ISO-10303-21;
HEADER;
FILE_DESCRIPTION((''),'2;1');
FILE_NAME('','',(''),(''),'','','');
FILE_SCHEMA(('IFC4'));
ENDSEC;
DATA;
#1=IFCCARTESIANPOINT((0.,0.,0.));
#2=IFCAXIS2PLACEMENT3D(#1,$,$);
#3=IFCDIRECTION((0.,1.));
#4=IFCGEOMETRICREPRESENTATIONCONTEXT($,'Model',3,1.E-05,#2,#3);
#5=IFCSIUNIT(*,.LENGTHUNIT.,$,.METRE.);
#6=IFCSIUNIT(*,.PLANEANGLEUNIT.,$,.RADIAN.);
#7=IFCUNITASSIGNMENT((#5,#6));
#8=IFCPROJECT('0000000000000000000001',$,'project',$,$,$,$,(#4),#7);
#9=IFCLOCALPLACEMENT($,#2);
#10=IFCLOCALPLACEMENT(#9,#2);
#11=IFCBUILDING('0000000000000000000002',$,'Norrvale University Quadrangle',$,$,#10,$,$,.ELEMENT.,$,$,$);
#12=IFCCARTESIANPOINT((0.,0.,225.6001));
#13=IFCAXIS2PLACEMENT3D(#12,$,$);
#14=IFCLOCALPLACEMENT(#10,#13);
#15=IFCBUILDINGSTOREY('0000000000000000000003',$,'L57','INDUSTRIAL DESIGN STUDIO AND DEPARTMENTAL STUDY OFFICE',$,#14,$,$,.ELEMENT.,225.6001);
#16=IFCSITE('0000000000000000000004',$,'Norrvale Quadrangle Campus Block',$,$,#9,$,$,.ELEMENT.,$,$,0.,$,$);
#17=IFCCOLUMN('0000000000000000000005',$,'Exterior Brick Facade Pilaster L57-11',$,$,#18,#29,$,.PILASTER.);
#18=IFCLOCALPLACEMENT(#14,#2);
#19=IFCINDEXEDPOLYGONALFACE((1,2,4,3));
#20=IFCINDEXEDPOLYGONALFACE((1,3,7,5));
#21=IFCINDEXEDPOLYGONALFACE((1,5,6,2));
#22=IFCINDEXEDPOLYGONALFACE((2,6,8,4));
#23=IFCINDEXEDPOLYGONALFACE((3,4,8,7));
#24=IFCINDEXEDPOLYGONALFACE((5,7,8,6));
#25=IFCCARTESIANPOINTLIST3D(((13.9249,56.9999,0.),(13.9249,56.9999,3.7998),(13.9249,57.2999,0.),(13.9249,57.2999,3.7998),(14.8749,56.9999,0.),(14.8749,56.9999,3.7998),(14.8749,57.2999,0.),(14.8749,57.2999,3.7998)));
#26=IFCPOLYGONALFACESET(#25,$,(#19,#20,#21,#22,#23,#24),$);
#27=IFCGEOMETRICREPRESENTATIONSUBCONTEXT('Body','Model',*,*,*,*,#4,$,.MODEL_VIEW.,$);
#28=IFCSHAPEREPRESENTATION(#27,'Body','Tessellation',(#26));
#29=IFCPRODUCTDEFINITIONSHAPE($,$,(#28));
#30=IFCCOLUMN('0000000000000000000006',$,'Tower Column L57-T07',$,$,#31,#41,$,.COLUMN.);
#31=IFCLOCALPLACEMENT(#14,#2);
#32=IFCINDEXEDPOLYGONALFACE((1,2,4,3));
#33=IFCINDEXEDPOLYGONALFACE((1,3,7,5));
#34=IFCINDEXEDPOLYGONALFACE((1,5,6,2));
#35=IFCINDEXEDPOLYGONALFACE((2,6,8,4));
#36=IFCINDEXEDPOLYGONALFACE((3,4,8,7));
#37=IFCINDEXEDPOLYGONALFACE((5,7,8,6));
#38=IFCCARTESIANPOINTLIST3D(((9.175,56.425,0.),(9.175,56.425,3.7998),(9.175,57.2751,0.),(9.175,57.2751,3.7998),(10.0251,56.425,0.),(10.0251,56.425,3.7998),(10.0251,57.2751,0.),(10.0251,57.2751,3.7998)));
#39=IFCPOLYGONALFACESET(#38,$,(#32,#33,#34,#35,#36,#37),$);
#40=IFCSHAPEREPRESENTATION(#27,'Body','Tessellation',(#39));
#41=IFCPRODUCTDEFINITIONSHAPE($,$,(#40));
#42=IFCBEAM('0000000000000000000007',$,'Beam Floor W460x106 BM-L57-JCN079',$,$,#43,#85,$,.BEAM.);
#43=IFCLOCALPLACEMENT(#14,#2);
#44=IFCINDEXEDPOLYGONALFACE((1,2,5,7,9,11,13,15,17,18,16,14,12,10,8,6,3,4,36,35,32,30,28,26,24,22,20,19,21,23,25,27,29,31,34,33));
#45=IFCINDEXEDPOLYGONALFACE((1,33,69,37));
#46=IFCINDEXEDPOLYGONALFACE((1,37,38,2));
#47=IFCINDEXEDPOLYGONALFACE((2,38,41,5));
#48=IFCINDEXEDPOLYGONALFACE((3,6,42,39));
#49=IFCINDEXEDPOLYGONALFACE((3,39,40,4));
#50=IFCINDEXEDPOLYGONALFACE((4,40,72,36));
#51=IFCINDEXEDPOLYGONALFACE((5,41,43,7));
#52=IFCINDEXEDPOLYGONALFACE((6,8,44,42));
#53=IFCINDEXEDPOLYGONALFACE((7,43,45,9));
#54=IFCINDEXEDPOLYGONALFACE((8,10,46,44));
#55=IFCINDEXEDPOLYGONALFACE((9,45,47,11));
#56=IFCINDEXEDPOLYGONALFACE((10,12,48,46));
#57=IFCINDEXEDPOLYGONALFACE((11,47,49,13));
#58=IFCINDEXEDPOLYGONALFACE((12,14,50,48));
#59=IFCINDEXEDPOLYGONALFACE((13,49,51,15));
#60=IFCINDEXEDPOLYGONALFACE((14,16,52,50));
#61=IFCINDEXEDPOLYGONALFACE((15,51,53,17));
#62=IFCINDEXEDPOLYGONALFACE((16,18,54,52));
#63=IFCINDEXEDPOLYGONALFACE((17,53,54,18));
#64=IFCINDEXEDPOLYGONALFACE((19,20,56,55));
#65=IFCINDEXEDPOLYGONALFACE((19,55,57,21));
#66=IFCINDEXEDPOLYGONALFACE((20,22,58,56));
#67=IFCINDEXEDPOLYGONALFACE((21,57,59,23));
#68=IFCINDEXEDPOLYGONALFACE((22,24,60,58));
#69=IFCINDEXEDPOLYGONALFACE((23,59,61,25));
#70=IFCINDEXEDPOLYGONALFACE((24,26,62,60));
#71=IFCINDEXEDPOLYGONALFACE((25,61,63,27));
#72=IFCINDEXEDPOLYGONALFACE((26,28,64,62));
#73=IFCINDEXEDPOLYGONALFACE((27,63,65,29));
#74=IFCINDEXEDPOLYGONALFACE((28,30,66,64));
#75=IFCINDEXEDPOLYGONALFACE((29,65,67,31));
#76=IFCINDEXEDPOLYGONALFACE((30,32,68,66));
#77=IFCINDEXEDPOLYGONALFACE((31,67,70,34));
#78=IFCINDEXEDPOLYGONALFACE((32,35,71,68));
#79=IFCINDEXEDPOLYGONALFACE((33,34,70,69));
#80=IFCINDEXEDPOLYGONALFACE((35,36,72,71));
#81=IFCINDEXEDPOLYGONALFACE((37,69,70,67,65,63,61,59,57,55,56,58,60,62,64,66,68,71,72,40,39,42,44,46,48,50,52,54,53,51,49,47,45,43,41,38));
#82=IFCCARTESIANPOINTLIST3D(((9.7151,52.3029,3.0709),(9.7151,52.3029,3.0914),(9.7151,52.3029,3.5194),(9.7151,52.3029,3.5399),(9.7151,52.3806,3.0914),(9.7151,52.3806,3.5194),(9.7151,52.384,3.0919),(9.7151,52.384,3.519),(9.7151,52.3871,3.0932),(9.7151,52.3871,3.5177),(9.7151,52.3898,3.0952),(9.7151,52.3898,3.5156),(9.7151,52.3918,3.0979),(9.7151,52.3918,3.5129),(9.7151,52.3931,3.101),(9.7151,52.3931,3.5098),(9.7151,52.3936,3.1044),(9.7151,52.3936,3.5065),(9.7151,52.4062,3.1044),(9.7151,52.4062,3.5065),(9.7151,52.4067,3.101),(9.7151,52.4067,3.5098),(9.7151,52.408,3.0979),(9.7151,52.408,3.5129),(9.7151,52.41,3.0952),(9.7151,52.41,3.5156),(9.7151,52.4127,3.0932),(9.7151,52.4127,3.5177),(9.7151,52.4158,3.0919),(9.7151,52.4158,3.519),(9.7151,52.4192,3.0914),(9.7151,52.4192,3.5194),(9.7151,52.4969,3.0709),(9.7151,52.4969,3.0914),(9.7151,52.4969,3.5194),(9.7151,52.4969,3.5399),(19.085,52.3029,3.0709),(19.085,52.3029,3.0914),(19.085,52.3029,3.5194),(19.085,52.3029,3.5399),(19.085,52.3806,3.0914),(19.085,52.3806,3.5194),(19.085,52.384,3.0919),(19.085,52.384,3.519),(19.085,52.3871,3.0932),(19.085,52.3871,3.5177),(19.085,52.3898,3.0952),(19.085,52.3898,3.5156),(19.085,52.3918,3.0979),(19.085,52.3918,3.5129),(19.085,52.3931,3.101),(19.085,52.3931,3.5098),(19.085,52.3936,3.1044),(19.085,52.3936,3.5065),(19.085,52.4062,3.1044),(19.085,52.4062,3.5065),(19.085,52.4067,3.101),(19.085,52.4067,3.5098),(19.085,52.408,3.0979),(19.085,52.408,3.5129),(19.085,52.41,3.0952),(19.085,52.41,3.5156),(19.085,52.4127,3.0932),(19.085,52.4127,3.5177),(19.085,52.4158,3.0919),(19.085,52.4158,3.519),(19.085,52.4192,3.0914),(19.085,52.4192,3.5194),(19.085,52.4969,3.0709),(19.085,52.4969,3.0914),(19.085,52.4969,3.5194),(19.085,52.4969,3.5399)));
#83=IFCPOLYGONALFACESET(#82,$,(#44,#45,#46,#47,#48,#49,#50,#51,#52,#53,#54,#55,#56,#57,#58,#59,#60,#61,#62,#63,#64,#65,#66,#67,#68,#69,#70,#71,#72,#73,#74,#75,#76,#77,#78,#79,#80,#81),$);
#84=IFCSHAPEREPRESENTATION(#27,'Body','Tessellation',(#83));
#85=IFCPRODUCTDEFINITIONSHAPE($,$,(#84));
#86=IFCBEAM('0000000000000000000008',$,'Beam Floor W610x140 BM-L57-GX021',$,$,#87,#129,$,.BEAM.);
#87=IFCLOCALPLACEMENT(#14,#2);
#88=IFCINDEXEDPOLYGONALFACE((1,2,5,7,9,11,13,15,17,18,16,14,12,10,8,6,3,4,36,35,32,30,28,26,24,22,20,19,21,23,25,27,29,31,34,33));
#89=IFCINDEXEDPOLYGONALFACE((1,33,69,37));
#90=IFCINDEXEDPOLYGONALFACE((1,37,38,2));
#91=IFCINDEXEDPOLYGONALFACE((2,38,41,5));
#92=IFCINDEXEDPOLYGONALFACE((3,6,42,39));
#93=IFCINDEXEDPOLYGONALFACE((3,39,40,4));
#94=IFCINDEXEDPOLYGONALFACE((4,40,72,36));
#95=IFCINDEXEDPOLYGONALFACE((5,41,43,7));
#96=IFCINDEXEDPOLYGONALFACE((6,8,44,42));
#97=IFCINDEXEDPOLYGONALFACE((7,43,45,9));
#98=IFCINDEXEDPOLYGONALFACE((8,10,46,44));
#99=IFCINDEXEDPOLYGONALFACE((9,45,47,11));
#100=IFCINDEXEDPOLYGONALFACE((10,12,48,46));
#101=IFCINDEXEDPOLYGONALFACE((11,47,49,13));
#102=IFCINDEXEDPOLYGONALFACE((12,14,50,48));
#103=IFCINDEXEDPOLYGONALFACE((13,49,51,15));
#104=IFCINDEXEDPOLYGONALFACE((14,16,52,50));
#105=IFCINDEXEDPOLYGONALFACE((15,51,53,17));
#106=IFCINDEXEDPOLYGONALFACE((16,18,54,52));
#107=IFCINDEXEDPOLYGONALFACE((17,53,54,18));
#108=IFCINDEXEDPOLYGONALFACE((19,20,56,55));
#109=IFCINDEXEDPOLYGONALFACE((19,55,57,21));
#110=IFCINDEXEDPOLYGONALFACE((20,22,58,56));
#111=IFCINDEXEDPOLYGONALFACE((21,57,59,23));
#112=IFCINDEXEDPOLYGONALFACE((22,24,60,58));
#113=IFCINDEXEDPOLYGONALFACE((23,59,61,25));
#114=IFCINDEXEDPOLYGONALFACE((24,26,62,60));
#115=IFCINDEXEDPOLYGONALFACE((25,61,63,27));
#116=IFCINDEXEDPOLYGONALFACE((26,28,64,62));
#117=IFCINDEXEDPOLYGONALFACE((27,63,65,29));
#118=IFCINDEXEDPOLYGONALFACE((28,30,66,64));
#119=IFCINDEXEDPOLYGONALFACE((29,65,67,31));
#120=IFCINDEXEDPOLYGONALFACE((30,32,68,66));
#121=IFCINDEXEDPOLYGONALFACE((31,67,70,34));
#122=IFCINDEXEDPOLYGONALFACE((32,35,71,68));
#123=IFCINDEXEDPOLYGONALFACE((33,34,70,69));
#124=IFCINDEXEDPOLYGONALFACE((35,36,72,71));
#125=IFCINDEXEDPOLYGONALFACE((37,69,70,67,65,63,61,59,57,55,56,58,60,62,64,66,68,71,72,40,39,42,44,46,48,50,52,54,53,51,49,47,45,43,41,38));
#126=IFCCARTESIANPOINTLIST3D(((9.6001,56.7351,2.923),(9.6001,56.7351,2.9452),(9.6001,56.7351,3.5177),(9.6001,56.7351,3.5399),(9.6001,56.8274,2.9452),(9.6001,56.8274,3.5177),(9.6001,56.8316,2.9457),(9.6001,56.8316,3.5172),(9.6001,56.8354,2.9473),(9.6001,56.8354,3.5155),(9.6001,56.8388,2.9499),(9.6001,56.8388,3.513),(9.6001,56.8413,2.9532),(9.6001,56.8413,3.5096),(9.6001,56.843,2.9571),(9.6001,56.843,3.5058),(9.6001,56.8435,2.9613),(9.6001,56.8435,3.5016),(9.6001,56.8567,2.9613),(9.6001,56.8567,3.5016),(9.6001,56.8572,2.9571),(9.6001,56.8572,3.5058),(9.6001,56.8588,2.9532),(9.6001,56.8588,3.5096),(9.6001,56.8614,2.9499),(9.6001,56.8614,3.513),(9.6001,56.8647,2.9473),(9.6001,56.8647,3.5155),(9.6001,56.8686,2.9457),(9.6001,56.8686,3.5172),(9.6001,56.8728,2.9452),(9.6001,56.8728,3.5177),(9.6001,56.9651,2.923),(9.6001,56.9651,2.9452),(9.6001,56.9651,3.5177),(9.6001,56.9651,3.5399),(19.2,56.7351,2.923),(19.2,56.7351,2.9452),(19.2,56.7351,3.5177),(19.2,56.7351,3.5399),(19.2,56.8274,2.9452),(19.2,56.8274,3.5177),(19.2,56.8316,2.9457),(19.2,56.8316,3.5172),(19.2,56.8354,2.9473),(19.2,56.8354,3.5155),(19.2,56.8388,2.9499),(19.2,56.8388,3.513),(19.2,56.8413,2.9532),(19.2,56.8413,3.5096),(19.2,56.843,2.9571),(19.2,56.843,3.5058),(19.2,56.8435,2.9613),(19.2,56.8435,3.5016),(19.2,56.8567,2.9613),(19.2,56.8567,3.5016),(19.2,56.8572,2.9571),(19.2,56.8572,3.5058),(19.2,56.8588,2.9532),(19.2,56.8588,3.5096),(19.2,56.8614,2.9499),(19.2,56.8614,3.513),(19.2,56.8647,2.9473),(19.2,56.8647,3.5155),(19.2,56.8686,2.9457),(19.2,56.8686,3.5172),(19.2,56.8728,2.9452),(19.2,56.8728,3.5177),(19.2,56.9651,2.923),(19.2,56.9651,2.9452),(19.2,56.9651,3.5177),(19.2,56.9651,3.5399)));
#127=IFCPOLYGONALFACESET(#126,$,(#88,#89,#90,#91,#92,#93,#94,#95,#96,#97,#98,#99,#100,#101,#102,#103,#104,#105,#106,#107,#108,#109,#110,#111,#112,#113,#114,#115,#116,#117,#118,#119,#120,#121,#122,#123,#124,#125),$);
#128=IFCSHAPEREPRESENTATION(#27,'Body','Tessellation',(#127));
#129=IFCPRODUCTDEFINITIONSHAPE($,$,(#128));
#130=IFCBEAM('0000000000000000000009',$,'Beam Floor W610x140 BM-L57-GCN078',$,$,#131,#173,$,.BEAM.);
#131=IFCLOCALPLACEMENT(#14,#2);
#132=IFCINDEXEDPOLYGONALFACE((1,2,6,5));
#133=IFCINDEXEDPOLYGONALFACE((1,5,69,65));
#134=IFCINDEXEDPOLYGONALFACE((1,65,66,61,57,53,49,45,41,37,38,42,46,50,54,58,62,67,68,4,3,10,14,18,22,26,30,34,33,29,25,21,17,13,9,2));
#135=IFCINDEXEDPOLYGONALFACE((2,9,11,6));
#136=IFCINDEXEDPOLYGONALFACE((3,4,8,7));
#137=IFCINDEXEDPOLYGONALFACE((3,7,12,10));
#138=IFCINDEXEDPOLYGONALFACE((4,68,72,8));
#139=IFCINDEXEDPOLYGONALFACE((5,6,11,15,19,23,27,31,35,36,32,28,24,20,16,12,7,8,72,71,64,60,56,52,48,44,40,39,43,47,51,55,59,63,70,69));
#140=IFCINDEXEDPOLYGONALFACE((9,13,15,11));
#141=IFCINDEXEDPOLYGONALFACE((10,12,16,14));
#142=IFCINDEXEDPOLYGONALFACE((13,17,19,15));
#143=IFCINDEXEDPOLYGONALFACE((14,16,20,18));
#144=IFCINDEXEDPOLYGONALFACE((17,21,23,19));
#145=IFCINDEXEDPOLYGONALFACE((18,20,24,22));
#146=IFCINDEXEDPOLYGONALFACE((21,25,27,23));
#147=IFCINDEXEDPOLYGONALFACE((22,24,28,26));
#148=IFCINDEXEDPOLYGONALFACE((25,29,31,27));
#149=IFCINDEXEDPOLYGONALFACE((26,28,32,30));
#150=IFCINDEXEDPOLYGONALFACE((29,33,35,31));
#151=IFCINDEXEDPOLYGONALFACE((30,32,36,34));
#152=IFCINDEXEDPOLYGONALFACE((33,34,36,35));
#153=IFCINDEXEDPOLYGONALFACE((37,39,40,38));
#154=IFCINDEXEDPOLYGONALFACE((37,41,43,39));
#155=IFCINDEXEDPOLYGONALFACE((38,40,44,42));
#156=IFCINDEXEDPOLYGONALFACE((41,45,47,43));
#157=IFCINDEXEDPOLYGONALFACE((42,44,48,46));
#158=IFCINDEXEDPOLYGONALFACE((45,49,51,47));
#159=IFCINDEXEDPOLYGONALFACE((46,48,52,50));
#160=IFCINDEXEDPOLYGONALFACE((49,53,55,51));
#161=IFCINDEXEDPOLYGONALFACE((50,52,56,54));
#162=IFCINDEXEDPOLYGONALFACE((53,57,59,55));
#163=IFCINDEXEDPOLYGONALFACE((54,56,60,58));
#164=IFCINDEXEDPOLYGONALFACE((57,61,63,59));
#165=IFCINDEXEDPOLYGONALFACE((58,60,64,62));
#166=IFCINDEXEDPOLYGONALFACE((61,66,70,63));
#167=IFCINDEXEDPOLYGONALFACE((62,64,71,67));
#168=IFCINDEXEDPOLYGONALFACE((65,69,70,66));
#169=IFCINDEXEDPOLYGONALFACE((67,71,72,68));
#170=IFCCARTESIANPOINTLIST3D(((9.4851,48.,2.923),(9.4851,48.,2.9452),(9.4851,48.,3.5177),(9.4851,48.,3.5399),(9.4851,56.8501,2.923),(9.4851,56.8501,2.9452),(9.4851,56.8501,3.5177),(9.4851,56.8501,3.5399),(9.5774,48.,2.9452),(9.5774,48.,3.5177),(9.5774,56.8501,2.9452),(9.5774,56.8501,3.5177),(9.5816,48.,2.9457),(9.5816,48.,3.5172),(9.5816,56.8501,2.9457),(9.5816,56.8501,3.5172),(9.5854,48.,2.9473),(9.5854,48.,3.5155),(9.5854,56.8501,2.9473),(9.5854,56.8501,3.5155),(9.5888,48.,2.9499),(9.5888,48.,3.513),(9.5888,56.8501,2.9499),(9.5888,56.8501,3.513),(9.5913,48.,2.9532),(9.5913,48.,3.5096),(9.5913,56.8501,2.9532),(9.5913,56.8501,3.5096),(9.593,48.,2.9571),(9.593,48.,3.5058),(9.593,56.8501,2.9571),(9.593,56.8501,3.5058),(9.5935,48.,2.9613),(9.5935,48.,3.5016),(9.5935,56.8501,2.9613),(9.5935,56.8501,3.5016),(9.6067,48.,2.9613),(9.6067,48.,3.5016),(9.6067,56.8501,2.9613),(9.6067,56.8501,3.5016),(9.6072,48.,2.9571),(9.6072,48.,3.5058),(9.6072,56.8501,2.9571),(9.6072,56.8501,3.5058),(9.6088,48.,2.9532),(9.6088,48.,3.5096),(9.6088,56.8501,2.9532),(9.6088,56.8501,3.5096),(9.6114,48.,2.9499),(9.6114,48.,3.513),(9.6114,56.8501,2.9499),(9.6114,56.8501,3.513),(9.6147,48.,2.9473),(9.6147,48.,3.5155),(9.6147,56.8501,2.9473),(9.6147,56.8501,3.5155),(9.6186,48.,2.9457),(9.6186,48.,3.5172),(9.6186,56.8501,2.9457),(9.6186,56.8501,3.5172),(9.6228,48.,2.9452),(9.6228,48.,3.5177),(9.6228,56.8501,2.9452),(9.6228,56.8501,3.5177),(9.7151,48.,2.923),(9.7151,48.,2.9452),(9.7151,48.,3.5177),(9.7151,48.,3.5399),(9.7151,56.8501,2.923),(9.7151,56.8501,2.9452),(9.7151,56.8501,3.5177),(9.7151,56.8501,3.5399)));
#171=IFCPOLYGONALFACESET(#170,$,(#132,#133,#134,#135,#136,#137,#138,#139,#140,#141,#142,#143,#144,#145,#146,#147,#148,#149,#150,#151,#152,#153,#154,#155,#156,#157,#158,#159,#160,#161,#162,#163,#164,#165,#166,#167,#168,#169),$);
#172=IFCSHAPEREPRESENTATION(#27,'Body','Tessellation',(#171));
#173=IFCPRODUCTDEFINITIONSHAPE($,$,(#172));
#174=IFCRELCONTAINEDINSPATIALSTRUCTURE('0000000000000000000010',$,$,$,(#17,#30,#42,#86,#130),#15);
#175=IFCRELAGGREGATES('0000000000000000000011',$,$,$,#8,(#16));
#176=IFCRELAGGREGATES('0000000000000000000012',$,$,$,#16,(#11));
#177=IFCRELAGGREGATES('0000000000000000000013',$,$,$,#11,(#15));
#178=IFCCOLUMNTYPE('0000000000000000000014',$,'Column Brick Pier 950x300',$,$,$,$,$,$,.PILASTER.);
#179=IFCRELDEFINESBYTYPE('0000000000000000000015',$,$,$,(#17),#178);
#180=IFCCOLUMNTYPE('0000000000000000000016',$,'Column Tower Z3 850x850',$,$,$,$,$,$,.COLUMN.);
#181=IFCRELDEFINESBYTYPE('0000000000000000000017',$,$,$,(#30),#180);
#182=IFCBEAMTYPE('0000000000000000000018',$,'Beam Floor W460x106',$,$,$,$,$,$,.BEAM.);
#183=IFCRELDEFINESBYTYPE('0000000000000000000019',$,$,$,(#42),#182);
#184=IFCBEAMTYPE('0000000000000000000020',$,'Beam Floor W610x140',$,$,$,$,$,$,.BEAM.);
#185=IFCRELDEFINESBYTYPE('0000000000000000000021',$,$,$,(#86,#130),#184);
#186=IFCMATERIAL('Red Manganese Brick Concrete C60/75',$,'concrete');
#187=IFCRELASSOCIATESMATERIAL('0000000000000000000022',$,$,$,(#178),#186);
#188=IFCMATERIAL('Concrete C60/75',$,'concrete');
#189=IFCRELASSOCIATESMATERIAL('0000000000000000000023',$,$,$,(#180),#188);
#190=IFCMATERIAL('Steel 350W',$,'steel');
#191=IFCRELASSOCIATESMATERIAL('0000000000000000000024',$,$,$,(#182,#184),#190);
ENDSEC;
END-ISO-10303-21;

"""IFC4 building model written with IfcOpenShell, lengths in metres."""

from ifc_helpers import new_model, si_unit, direction, frame, origin, origin_2d, place, context, subcontext, project, spatial, rectangle, i_section, extrude, material, material_profile, profile_set, type_object, element, save


model = new_model("IFC4")

# Units and contexts
model_context = context("Model", 3, precision=1e-05, world=origin(), true_north=direction((0.0, 1.0)))
body_context = subcontext(model_context, "Body", "Model", "MODEL_VIEW")
ifc_project = project(units=[si_unit("LENGTHUNIT", "METRE"), si_unit("PLANEANGLEUNIT", "RADIAN")], contexts=[model_context])

# Site, building, storey
site_placement = place(None, origin())
site = spatial("IfcSite", under=ifc_project, at=site_placement, Name="Norrvale Quadrangle Campus Block", CompositionType="ELEMENT", RefElevation=0.0)
building_placement = place(site_placement, origin())
building = spatial("IfcBuilding", under=site, at=building_placement, Name="Norrvale University Quadrangle", CompositionType="ELEMENT")
storey_placement = place(building_placement, frame((0.0, 0.0, 225.6001)))
storey = spatial("IfcBuildingStorey", under=building, at=storey_placement, Name="L57", Description="INDUSTRIAL DESIGN STUDIO AND DEPARTMENTAL STUDY OFFICE", CompositionType="ELEMENT", Elevation=225.6001)

# Columns
ifc_material_1 = material(Name="Red Manganese Brick Concrete C60/75", Category="concrete")
ifc_material_profile_1 = material_profile(ifc_material_1, rectangle(XDim=0.95, YDim=0.3, at=origin_2d()), Name="Red Manganese Brick Concrete C60/75")
ifc_profile_set_1 = profile_set([ifc_material_profile_1], Name="Red Manganese Brick Concrete C60/75")
column_type_1 = type_object("IfcColumnType", Name="Column Brick Pier 950x300", PredefinedType="PILASTER", material=ifc_profile_set_1)
column_1_placement = place(storey_placement, frame((14.3999, 57.1499, 0.0), z_axis=(0.0, 0.0, 1.0), x_axis=(1.0, 0.0, 0.0)))
element("IfcColumn", 1, at=column_1_placement, inside=storey, type_object=column_type_1, Name="Exterior Brick Facade Pilaster L57-11", PredefinedType="PILASTER", context=body_context, shape_type="SweptSolid", body=[
    extrude(rectangle(XDim=0.95, YDim=0.3, at=origin_2d()), origin(), (0.0, 0.0, 1.0), 3.7998),
])
ifc_material_2 = material(Name="Concrete C60/75", Category="concrete")
ifc_material_profile_2 = material_profile(ifc_material_2, rectangle(XDim=0.8501, YDim=0.8501, at=origin_2d()), Name="Concrete C60/75")
ifc_profile_set_2 = profile_set([ifc_material_profile_2], Name="Concrete C60/75")
column_type_2 = type_object("IfcColumnType", Name="Column Tower Z3 850x850", PredefinedType="COLUMN", material=ifc_profile_set_2)
column_2_placement = place(storey_placement, frame((9.6001, 56.8501, 0.0), z_axis=(0.0, 0.0, 1.0), x_axis=(1.0, 0.0, 0.0)))
element("IfcColumn", 2, at=column_2_placement, inside=storey, type_object=column_type_2, Name="Tower Column L57-T07", PredefinedType="COLUMN", context=body_context, shape_type="SweptSolid", body=[
    extrude(rectangle(XDim=0.8501, YDim=0.8501, at=origin_2d()), origin(), (0.0, 0.0, 1.0), 3.7998),
])

# Beams
ifc_material_3 = material(Name="Steel 350W", Category="steel")
ifc_material_profile_3 = material_profile(ifc_material_3, i_section(OverallWidth=0.1941, OverallDepth=0.469, WebThickness=0.0127, FlangeThickness=0.0205, FilletRadius=0.0129, at=origin_2d()), Name="Steel 350W")
ifc_profile_set_3 = profile_set([ifc_material_profile_3], Name="Steel 350W")
beam_type_1 = type_object("IfcBeamType", Name="Beam Floor W460x106", PredefinedType="BEAM", material=ifc_profile_set_3)
beam_1_placement = place(storey_placement, frame((9.7151, 52.3999, 3.3054), z_axis=(1.0, 0.0, 0.0), x_axis=(0.0, 1.0, 0.0)))
element("IfcBeam", 3, at=beam_1_placement, inside=storey, type_object=beam_type_1, Name="Beam Floor W460x106 BM-L57-JCN079", PredefinedType="BEAM", context=body_context, shape_type="SweptSolid", body=[
    extrude(i_section(OverallWidth=0.1941, OverallDepth=0.469, WebThickness=0.0127, FlangeThickness=0.0205, FilletRadius=0.0129, at=origin_2d()), origin(), (0.0, 0.0, 1.0), 9.3699),
])
ifc_material_profile_4 = material_profile(ifc_material_3, i_section(OverallWidth=0.23, OverallDepth=0.6169, WebThickness=0.0132, FlangeThickness=0.0222, FilletRadius=0.0161, at=origin_2d()), Name="Steel 350W")
ifc_profile_set_4 = profile_set([ifc_material_profile_4], Name="Steel 350W")
beam_type_2 = type_object("IfcBeamType", Name="Beam Floor W610x140", PredefinedType="BEAM", material=ifc_profile_set_4)
beam_2_placement = place(storey_placement, frame((9.6001, 56.8501, 3.2314), z_axis=(1.0, 0.0, 0.0), x_axis=(0.0, 1.0, 0.0)))
element("IfcBeam", 4, at=beam_2_placement, inside=storey, type_object=beam_type_2, Name="Beam Floor W610x140 BM-L57-GX021", PredefinedType="BEAM", context=body_context, shape_type="SweptSolid", body=[
    extrude(i_section(OverallWidth=0.23, OverallDepth=0.6169, WebThickness=0.0132, FlangeThickness=0.0222, FilletRadius=0.0161, at=origin_2d()), origin(), (0.0, 0.0, 1.0), 9.5999),
])
beam_3_placement = place(storey_placement, frame((9.6001, 48.0, 3.2314), z_axis=(0.0, 1.0, 0.0), x_axis=(-1.0, 0.0, 0.0)))
element("IfcBeam", 5, at=beam_3_placement, inside=storey, type_object=beam_type_2, Name="Beam Floor W610x140 BM-L57-GCN078", PredefinedType="BEAM", context=body_context, shape_type="SweptSolid", body=[
    extrude(i_section(OverallWidth=0.23, OverallDepth=0.6169, WebThickness=0.0132, FlangeThickness=0.0222, FilletRadius=0.0161, at=origin_2d()), origin(), (0.0, 0.0, 1.0), 8.8501),
])

save(model, "model.ifc")
